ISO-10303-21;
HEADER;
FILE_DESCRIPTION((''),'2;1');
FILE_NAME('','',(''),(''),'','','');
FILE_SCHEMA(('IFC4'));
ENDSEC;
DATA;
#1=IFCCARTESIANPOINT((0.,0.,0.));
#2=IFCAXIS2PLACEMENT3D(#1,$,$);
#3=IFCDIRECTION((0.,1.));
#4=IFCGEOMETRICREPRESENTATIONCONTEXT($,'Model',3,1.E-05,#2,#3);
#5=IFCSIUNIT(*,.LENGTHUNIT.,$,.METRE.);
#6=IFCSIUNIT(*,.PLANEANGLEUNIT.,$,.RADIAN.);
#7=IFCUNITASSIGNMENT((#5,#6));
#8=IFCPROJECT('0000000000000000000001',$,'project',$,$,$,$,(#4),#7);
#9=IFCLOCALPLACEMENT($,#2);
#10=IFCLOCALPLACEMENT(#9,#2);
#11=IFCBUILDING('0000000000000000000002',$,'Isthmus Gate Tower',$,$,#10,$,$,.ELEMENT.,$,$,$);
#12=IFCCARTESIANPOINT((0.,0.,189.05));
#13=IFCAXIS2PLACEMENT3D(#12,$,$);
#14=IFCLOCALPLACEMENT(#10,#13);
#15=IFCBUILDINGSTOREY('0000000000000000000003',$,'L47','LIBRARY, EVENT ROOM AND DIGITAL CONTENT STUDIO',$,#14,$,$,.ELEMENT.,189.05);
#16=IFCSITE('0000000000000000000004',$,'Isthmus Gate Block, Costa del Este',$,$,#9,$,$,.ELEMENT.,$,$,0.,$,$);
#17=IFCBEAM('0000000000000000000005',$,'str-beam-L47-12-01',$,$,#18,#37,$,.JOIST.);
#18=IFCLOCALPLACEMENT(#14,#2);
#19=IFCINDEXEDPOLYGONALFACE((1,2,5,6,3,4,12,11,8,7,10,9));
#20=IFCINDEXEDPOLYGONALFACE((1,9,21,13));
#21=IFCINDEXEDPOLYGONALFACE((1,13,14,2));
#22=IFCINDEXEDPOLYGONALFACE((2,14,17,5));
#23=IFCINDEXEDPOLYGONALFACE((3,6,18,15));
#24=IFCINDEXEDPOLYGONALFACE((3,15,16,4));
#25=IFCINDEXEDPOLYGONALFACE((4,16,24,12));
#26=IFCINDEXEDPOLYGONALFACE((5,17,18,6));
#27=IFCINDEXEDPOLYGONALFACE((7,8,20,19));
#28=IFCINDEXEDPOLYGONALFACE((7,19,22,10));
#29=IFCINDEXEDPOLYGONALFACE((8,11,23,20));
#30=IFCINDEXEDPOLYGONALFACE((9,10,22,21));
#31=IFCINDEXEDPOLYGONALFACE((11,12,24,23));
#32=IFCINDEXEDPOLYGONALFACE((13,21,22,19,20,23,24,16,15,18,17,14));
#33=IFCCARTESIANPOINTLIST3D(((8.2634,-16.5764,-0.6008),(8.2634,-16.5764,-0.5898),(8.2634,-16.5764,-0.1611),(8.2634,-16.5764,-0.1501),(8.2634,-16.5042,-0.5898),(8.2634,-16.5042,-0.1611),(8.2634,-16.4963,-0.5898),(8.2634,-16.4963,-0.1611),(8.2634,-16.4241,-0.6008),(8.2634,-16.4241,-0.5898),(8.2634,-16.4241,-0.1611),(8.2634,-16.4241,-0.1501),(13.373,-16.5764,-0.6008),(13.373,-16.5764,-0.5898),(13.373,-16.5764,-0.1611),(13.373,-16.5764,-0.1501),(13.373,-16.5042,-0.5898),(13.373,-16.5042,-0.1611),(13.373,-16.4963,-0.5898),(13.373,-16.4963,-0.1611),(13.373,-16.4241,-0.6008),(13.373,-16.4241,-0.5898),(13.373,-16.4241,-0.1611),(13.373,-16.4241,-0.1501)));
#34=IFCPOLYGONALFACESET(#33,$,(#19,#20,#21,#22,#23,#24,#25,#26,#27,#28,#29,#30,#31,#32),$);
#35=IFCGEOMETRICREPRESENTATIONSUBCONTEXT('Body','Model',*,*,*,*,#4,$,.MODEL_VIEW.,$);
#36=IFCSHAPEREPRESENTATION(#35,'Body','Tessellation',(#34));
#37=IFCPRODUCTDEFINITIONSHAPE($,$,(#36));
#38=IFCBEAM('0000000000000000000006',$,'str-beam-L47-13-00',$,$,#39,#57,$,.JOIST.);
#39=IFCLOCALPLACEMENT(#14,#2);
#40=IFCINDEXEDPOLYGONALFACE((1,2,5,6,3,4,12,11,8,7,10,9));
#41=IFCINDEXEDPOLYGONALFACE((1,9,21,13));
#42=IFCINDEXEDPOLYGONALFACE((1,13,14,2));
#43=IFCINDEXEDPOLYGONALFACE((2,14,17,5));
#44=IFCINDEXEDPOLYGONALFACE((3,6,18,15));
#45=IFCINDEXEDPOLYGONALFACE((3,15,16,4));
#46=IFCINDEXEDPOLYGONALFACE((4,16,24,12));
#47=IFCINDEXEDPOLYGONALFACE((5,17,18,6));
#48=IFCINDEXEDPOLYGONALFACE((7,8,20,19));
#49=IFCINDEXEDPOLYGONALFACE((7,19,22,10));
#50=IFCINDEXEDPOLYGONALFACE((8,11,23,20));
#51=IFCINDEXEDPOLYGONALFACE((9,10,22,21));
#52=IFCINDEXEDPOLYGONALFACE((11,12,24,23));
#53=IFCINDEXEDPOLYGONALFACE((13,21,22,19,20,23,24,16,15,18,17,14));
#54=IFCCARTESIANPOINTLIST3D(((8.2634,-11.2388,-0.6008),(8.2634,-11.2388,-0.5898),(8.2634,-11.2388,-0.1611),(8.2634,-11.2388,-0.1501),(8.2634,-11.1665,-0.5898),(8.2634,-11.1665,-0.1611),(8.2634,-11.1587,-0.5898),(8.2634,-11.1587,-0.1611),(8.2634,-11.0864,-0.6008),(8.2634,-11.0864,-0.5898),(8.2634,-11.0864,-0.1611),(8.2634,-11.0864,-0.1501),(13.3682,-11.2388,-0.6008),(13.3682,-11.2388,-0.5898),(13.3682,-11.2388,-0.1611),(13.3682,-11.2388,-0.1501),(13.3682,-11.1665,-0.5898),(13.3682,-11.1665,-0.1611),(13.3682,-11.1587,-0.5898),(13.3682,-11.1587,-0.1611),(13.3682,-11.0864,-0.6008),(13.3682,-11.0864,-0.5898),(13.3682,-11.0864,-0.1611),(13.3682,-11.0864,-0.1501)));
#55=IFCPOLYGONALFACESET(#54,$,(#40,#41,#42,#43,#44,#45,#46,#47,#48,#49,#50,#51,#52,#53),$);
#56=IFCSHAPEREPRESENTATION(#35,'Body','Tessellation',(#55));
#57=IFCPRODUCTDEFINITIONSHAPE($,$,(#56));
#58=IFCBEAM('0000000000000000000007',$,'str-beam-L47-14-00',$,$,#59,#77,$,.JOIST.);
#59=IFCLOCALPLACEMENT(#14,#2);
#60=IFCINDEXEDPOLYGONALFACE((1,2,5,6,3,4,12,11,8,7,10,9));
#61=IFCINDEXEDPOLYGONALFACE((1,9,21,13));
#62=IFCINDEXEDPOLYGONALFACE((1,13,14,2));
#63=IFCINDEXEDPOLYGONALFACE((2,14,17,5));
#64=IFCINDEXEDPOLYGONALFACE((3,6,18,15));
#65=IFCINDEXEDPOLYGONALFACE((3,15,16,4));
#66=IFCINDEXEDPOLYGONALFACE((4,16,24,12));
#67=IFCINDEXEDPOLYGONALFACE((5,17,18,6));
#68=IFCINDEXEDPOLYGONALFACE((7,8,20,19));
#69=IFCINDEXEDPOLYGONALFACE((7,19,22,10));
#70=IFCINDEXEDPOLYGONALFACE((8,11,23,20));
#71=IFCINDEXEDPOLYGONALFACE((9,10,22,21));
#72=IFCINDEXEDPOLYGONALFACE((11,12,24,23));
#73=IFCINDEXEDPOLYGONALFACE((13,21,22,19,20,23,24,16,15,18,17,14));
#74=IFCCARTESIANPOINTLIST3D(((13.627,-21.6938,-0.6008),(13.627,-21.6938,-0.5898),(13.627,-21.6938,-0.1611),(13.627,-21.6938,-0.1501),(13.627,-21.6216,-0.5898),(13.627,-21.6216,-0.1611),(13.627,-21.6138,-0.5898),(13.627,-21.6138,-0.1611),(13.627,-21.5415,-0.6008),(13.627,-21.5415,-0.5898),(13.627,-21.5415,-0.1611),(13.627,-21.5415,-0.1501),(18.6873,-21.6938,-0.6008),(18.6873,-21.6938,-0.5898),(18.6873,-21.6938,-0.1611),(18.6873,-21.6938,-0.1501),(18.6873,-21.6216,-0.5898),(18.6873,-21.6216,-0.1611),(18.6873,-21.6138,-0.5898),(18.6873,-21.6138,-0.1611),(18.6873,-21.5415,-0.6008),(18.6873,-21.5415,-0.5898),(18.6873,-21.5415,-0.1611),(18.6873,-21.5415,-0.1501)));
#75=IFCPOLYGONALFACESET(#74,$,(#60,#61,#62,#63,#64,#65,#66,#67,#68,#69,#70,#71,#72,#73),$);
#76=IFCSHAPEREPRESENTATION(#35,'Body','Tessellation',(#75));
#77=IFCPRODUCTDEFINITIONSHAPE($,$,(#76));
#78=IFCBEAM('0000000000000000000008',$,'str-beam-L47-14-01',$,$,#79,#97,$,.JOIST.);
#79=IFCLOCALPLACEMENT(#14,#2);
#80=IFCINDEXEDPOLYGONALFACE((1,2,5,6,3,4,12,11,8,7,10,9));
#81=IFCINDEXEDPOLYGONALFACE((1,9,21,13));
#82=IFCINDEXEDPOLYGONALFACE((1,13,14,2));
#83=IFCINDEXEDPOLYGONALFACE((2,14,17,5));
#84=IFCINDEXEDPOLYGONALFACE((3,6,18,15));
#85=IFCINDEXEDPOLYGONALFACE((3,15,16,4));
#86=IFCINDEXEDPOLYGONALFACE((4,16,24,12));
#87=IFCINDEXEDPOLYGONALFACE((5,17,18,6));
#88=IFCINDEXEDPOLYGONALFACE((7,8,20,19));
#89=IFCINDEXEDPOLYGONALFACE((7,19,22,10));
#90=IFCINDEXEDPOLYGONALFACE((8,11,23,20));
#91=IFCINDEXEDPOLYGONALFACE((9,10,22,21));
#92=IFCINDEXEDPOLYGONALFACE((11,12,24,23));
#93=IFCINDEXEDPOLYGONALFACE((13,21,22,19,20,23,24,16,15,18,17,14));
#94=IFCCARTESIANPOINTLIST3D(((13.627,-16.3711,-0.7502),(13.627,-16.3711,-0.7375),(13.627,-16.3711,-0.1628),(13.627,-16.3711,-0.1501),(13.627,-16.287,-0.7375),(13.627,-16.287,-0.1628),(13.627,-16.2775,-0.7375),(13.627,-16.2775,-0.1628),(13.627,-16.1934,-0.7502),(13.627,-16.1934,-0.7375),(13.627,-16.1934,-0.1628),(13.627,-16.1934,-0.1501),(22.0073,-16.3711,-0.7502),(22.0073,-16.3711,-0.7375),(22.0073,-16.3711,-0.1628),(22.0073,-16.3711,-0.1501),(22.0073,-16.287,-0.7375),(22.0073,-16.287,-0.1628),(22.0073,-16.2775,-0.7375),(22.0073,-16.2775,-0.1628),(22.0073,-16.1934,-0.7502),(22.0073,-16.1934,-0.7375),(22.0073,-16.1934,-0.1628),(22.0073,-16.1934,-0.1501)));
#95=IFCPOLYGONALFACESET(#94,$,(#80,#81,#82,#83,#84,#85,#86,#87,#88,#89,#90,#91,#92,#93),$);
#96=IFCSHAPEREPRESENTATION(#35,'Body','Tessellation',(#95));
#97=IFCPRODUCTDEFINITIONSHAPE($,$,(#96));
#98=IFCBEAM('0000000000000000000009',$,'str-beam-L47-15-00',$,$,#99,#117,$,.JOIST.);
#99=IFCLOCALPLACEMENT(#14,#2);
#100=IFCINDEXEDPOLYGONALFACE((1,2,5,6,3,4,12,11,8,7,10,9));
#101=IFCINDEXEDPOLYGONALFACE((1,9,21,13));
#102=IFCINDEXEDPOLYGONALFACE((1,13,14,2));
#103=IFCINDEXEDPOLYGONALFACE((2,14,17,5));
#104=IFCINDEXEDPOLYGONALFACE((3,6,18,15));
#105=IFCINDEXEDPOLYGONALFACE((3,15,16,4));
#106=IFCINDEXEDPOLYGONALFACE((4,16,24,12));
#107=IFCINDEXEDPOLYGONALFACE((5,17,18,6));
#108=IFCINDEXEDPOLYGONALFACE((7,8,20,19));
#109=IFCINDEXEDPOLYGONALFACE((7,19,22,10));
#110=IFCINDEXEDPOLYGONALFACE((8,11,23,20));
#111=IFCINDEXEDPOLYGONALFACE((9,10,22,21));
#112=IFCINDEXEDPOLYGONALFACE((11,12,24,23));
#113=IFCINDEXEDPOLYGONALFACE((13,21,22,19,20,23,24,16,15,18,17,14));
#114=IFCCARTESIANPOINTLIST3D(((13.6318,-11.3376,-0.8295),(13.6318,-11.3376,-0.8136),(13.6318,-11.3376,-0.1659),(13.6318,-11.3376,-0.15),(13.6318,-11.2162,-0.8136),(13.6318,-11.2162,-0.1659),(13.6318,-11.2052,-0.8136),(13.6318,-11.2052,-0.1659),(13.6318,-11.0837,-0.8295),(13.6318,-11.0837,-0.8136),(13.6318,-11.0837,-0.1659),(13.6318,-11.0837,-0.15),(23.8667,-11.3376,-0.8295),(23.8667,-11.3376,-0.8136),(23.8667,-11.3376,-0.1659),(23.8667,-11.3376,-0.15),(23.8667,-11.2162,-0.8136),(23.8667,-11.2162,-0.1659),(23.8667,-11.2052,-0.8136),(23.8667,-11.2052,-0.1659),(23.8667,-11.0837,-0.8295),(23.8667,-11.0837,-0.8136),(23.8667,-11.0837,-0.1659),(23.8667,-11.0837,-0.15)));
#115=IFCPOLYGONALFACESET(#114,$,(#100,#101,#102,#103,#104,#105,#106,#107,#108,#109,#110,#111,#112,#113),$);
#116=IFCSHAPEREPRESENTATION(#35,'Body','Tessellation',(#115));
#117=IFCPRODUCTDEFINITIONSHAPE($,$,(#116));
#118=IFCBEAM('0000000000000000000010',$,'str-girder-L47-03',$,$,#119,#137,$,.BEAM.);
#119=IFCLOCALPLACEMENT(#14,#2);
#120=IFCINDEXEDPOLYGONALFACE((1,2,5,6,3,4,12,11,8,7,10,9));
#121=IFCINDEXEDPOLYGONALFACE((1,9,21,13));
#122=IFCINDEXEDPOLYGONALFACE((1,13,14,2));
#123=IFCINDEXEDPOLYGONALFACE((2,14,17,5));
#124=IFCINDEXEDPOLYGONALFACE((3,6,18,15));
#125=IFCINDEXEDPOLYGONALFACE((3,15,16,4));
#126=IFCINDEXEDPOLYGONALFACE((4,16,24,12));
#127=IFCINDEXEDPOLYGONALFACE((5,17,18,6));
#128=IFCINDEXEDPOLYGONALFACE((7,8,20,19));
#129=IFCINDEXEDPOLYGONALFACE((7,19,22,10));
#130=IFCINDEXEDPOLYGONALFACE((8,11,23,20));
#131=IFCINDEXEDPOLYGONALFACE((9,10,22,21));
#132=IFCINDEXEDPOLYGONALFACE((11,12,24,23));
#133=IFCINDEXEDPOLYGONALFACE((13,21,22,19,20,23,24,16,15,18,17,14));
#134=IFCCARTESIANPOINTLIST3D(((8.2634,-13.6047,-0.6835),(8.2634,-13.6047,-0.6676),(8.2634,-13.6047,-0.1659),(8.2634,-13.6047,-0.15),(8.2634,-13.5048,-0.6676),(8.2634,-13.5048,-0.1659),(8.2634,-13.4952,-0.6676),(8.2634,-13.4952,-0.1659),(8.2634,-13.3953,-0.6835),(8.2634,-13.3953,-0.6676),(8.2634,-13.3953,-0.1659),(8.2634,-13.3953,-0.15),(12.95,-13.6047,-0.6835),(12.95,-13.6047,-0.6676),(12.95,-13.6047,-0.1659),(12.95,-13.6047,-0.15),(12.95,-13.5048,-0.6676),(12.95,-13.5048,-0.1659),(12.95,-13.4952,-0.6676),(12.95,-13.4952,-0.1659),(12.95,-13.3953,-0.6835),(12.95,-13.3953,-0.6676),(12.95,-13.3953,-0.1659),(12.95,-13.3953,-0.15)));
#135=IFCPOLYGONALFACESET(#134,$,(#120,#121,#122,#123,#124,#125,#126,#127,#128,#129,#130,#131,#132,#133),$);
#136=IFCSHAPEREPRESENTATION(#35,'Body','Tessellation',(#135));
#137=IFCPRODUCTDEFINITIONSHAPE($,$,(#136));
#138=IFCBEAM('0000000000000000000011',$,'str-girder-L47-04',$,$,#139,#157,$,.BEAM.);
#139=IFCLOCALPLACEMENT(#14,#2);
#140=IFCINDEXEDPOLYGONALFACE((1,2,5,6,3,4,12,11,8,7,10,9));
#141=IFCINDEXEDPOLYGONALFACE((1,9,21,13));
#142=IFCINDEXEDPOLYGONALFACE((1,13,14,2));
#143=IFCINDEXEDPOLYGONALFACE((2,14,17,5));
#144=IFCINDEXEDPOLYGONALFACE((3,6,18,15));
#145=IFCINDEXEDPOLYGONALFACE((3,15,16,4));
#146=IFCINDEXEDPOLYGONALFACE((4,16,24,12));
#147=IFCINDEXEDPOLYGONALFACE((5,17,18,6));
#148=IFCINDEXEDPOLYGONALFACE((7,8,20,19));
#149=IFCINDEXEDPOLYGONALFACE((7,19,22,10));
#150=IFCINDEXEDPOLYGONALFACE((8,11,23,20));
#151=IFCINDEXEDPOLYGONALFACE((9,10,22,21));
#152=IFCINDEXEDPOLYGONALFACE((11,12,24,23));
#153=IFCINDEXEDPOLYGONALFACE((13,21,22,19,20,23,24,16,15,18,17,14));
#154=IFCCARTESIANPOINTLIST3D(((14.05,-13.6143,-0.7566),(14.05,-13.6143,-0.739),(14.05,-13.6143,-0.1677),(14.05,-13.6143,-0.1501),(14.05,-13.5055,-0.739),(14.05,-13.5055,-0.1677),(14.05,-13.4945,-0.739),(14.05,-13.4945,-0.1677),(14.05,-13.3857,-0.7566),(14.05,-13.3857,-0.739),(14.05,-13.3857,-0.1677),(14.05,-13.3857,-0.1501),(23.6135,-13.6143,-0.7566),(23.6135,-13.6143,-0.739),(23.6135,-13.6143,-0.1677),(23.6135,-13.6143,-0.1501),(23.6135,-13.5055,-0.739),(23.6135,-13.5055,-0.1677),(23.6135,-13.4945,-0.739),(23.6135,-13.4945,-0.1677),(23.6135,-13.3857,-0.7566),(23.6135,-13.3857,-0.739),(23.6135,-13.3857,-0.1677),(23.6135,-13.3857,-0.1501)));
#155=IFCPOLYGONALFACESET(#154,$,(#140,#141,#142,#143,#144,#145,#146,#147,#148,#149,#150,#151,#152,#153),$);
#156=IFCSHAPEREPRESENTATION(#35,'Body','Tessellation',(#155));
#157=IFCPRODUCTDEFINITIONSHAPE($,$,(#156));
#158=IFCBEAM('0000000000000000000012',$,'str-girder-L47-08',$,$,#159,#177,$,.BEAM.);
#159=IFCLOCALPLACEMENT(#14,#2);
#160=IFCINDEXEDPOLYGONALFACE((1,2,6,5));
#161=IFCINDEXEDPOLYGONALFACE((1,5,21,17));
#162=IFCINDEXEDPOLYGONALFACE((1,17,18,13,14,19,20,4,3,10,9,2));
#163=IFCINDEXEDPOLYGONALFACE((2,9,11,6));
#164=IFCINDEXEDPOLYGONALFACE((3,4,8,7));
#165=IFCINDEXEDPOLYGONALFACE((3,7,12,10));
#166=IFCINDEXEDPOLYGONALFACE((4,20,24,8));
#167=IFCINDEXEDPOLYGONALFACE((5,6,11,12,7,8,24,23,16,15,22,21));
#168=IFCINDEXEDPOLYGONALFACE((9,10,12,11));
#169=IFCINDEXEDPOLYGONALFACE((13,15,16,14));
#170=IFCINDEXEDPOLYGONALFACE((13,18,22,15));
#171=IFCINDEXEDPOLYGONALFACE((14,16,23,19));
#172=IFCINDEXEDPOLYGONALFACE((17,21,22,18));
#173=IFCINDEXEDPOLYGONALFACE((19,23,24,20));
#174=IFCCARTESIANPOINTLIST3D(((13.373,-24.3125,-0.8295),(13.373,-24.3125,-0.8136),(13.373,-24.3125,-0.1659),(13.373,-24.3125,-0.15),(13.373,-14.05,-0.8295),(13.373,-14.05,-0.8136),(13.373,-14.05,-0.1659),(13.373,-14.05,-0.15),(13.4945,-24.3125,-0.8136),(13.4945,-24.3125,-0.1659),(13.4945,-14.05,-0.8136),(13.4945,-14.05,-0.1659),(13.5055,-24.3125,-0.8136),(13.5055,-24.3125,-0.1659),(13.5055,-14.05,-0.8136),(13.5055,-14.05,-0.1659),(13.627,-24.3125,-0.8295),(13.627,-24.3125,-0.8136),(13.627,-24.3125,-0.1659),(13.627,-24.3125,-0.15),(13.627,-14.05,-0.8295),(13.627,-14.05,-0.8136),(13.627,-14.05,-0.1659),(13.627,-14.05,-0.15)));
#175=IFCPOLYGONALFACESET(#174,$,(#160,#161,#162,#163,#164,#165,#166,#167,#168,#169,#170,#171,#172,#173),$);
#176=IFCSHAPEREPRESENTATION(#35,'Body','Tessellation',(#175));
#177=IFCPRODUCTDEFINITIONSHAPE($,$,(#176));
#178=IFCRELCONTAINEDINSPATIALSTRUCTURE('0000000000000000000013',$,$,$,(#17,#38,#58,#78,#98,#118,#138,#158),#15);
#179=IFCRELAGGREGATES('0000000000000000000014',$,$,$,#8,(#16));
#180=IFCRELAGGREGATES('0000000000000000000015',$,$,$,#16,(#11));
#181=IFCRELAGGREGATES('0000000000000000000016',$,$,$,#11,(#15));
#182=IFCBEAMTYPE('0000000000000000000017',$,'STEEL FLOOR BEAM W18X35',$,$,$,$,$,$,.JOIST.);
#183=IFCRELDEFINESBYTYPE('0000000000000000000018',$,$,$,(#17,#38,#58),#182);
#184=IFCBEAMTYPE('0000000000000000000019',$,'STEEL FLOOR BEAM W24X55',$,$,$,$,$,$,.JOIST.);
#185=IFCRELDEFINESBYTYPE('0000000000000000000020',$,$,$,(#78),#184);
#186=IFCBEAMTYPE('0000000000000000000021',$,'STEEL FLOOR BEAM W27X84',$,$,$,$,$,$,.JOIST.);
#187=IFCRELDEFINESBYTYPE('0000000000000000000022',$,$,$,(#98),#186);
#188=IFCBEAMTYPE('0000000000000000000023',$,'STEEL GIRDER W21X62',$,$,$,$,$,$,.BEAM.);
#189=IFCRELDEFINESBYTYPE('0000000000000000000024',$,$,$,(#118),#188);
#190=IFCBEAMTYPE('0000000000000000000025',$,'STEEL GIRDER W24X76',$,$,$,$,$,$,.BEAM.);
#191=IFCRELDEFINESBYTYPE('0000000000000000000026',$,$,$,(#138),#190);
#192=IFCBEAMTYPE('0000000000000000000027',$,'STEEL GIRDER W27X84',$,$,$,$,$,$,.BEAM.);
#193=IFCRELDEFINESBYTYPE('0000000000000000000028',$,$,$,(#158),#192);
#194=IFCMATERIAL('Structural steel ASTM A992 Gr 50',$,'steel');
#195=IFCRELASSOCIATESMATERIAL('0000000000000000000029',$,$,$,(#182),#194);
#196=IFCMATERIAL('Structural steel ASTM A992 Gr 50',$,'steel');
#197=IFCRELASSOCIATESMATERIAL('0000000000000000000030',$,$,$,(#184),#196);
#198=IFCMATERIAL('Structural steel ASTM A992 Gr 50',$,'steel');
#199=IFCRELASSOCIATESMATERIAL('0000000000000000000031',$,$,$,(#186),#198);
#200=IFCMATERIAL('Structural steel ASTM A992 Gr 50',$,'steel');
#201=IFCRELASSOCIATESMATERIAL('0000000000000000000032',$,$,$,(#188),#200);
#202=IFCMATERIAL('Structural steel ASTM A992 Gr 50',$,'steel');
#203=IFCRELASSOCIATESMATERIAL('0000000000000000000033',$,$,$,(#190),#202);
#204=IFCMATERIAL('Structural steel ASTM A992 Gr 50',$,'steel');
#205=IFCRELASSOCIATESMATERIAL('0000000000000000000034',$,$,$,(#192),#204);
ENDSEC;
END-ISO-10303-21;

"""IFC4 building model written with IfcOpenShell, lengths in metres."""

from ifc_helpers import new_model, si_unit, direction, frame, origin, origin_2d, place, context, subcontext, project, spatial, i_section, extrude, material, material_profile, profile_set, type_object, element, save


model = new_model("IFC4")

# Units and contexts
model_context = context("Model", 3, precision=1e-05, world=origin(), true_north=direction((0.0, 1.0)))
body_context = subcontext(model_context, "Body", "Model", "MODEL_VIEW")
ifc_project = project(units=[si_unit("LENGTHUNIT", "METRE"), si_unit("PLANEANGLEUNIT", "RADIAN")], contexts=[model_context])

# Site, building, storey
site_placement = place(None, origin())
site = spatial("IfcSite", under=ifc_project, at=site_placement, Name="Isthmus Gate Block, Costa del Este", CompositionType="ELEMENT", RefElevation=0.0)
building_placement = place(site_placement, origin())
building = spatial("IfcBuilding", under=site, at=building_placement, Name="Isthmus Gate Tower", CompositionType="ELEMENT")
storey_placement = place(building_placement, frame((0.0, 0.0, 189.05)))
storey = spatial("IfcBuildingStorey", under=building, at=storey_placement, Name="L47", Description="LIBRARY, EVENT ROOM AND DIGITAL CONTENT STUDIO", CompositionType="ELEMENT", Elevation=189.05)

# Beams
ifc_material_1 = material(Name="Structural steel ASTM A992 Gr 50", Category="steel")
ifc_material_profile_1 = material_profile(ifc_material_1, i_section(OverallWidth=0.1523, OverallDepth=0.4507, WebThickness=0.0078, FlangeThickness=0.011, at=origin_2d()), Name="W18X35")
ifc_profile_set_1 = profile_set([ifc_material_profile_1], Name="Structural steel ASTM A992 Gr 50")
beam_type_1 = type_object("IfcBeamType", Name="STEEL FLOOR BEAM W18X35", PredefinedType="JOIST", material=ifc_profile_set_1)
for number, where, z_axis, x_axis, name in (
    (1, (8.2634, -16.5002, -0.3755), (1.0, 0.0, 0.0), (0.0, 1.0, 0.0), "str-beam-L47-12-01"),
):
    element("IfcBeam", number, at=place(storey_placement, frame(where, z_axis=z_axis, x_axis=x_axis)), inside=storey, type_object=beam_type_1, Name=name, PredefinedType="JOIST", context=body_context, shape_type="SweptSolid", body=[
        extrude(i_section(OverallWidth=0.1523, OverallDepth=0.4507, WebThickness=0.0078, FlangeThickness=0.011, at=origin_2d()), origin(), (0.0, 0.0, 1.0), 5.1096),
    ])
beam_1_placement = place(storey_placement, frame((8.2634, -11.1626, -0.3755), z_axis=(1.0, 0.0, 0.0), x_axis=(0.0, 1.0, 0.0)))
element("IfcBeam", 2, at=beam_1_placement, inside=storey, type_object=beam_type_1, Name="str-beam-L47-13-00", PredefinedType="JOIST", context=body_context, shape_type="SweptSolid", body=[
    extrude(i_section(OverallWidth=0.1523, OverallDepth=0.4507, WebThickness=0.0078, FlangeThickness=0.011, at=origin_2d()), origin(), (0.0, 0.0, 1.0), 5.1047),
])
beam_2_placement = place(storey_placement, frame((13.627, -21.6177, -0.3755), z_axis=(1.0, 0.0, 0.0), x_axis=(0.0, 1.0, 0.0)))
element("IfcBeam", 3, at=beam_2_placement, inside=storey, type_object=beam_type_1, Name="str-beam-L47-14-00", PredefinedType="JOIST", context=body_context, shape_type="SweptSolid", body=[
    extrude(i_section(OverallWidth=0.1523, OverallDepth=0.4507, WebThickness=0.0078, FlangeThickness=0.011, at=origin_2d()), origin(), (0.0, 0.0, 1.0), 5.0603),
])
ifc_material_2 = material(Name="Structural steel ASTM A992 Gr 50", Category="steel")
ifc_material_profile_2 = material_profile(ifc_material_2, i_section(OverallWidth=0.1777, OverallDepth=0.6001, WebThickness=0.0095, FlangeThickness=0.0127, at=origin_2d()), Name="W24X55")
ifc_profile_set_2 = profile_set([ifc_material_profile_2], Name="Structural steel ASTM A992 Gr 50")
beam_type_2 = type_object("IfcBeamType", Name="STEEL FLOOR BEAM W24X55", PredefinedType="JOIST", material=ifc_profile_set_2)
beam_3_placement = place(storey_placement, frame((13.627, -16.2822, -0.4502), z_axis=(1.0, 0.0, 0.0), x_axis=(0.0, 1.0, 0.0)))
element("IfcBeam", 4, at=beam_3_placement, inside=storey, type_object=beam_type_2, Name="str-beam-L47-14-01", PredefinedType="JOIST", context=body_context, shape_type="SweptSolid", body=[
    extrude(i_section(OverallWidth=0.1777, OverallDepth=0.6001, WebThickness=0.0095, FlangeThickness=0.0127, at=origin_2d()), origin(), (0.0, 0.0, 1.0), 8.3804),
])
ifc_material_3 = material(Name="Structural steel ASTM A992 Gr 50", Category="steel")
ifc_material_profile_3 = material_profile(ifc_material_3, i_section(OverallWidth=0.2539, OverallDepth=0.6794, WebThickness=0.011, FlangeThickness=0.0159, at=origin_2d()), Name="W27X84")
ifc_profile_set_3 = profile_set([ifc_material_profile_3], Name="Structural steel ASTM A992 Gr 50")
beam_type_3 = type_object("IfcBeamType", Name="STEEL FLOOR BEAM W27X84", PredefinedType="JOIST", material=ifc_profile_set_3)
beam_4_placement = place(storey_placement, frame((13.6318, -11.2107, -0.4897), z_axis=(1.0, 0.0, 0.0), x_axis=(0.0, 1.0, 0.0)))
element("IfcBeam", 5, at=beam_4_placement, inside=storey, type_object=beam_type_3, Name="str-beam-L47-15-00", PredefinedType="JOIST", context=body_context, shape_type="SweptSolid", body=[
    extrude(i_section(OverallWidth=0.2539, OverallDepth=0.6794, WebThickness=0.011, FlangeThickness=0.0159, at=origin_2d()), origin(), (0.0, 0.0, 1.0), 10.2349),
])
ifc_material_4 = material(Name="Structural steel ASTM A992 Gr 50", Category="steel")
ifc_material_profile_4 = material_profile(ifc_material_4, i_section(OverallWidth=0.2095, OverallDepth=0.5334, WebThickness=0.0095, FlangeThickness=0.0159, at=origin_2d()), Name="W21X62")
ifc_profile_set_4 = profile_set([ifc_material_profile_4], Name="Structural steel ASTM A992 Gr 50")
beam_type_4 = type_object("IfcBeamType", Name="STEEL GIRDER W21X62", PredefinedType="BEAM", material=ifc_profile_set_4)
beam_5_placement = place(storey_placement, frame((8.2634, -13.5, -0.4167), z_axis=(1.0, 0.0, 0.0), x_axis=(0.0, 1.0, 0.0)))
element("IfcBeam", 6, at=beam_5_placement, inside=storey, type_object=beam_type_4, Name="str-girder-L47-03", PredefinedType="BEAM", context=body_context, shape_type="SweptSolid", body=[
    extrude(i_section(OverallWidth=0.2095, OverallDepth=0.5334, WebThickness=0.0095, FlangeThickness=0.0159, at=origin_2d()), origin(), (0.0, 0.0, 1.0), 4.6865),
])
ifc_material_5 = material(Name="Structural steel ASTM A992 Gr 50", Category="steel")
ifc_material_profile_5 = material_profile(ifc_material_5, i_section(OverallWidth=0.2285, OverallDepth=0.6064, WebThickness=0.011, FlangeThickness=0.0176, at=origin_2d()), Name="W24X76")
ifc_profile_set_5 = profile_set([ifc_material_profile_5], Name="Structural steel ASTM A992 Gr 50")
beam_type_5 = type_object("IfcBeamType", Name="STEEL GIRDER W24X76", PredefinedType="BEAM", material=ifc_profile_set_5)
beam_6_placement = place(storey_placement, frame((14.05, -13.5, -0.4534), z_axis=(1.0, 0.0, 0.0), x_axis=(0.0, 1.0, 0.0)))
element("IfcBeam", 7, at=beam_6_placement, inside=storey, type_object=beam_type_5, Name="str-girder-L47-04", PredefinedType="BEAM", context=body_context, shape_type="SweptSolid", body=[
    extrude(i_section(OverallWidth=0.2285, OverallDepth=0.6064, WebThickness=0.011, FlangeThickness=0.0176, at=origin_2d()), origin(), (0.0, 0.0, 1.0), 9.5635),
])
ifc_material_6 = material(Name="Structural steel ASTM A992 Gr 50", Category="steel")
ifc_material_profile_6 = material_profile(ifc_material_6, i_section(OverallWidth=0.2539, OverallDepth=0.6794, WebThickness=0.011, FlangeThickness=0.0159, at=origin_2d()), Name="W27X84")
ifc_profile_set_6 = profile_set([ifc_material_profile_6], Name="Structural steel ASTM A992 Gr 50")
beam_type_6 = type_object("IfcBeamType", Name="STEEL GIRDER W27X84", PredefinedType="BEAM", material=ifc_profile_set_6)
beam_7_placement = place(storey_placement, frame((13.5, -24.3125, -0.4897), z_axis=(0.0, 1.0, 0.0), x_axis=(-1.0, 0.0, 0.0)))
element("IfcBeam", 8, at=beam_7_placement, inside=storey, type_object=beam_type_6, Name="str-girder-L47-08", PredefinedType="BEAM", context=body_context, shape_type="SweptSolid", body=[
    extrude(i_section(OverallWidth=0.2539, OverallDepth=0.6794, WebThickness=0.011, FlangeThickness=0.0159, at=origin_2d()), origin(), (0.0, 0.0, 1.0), 10.2625),
])

save(model, "model.ifc")
